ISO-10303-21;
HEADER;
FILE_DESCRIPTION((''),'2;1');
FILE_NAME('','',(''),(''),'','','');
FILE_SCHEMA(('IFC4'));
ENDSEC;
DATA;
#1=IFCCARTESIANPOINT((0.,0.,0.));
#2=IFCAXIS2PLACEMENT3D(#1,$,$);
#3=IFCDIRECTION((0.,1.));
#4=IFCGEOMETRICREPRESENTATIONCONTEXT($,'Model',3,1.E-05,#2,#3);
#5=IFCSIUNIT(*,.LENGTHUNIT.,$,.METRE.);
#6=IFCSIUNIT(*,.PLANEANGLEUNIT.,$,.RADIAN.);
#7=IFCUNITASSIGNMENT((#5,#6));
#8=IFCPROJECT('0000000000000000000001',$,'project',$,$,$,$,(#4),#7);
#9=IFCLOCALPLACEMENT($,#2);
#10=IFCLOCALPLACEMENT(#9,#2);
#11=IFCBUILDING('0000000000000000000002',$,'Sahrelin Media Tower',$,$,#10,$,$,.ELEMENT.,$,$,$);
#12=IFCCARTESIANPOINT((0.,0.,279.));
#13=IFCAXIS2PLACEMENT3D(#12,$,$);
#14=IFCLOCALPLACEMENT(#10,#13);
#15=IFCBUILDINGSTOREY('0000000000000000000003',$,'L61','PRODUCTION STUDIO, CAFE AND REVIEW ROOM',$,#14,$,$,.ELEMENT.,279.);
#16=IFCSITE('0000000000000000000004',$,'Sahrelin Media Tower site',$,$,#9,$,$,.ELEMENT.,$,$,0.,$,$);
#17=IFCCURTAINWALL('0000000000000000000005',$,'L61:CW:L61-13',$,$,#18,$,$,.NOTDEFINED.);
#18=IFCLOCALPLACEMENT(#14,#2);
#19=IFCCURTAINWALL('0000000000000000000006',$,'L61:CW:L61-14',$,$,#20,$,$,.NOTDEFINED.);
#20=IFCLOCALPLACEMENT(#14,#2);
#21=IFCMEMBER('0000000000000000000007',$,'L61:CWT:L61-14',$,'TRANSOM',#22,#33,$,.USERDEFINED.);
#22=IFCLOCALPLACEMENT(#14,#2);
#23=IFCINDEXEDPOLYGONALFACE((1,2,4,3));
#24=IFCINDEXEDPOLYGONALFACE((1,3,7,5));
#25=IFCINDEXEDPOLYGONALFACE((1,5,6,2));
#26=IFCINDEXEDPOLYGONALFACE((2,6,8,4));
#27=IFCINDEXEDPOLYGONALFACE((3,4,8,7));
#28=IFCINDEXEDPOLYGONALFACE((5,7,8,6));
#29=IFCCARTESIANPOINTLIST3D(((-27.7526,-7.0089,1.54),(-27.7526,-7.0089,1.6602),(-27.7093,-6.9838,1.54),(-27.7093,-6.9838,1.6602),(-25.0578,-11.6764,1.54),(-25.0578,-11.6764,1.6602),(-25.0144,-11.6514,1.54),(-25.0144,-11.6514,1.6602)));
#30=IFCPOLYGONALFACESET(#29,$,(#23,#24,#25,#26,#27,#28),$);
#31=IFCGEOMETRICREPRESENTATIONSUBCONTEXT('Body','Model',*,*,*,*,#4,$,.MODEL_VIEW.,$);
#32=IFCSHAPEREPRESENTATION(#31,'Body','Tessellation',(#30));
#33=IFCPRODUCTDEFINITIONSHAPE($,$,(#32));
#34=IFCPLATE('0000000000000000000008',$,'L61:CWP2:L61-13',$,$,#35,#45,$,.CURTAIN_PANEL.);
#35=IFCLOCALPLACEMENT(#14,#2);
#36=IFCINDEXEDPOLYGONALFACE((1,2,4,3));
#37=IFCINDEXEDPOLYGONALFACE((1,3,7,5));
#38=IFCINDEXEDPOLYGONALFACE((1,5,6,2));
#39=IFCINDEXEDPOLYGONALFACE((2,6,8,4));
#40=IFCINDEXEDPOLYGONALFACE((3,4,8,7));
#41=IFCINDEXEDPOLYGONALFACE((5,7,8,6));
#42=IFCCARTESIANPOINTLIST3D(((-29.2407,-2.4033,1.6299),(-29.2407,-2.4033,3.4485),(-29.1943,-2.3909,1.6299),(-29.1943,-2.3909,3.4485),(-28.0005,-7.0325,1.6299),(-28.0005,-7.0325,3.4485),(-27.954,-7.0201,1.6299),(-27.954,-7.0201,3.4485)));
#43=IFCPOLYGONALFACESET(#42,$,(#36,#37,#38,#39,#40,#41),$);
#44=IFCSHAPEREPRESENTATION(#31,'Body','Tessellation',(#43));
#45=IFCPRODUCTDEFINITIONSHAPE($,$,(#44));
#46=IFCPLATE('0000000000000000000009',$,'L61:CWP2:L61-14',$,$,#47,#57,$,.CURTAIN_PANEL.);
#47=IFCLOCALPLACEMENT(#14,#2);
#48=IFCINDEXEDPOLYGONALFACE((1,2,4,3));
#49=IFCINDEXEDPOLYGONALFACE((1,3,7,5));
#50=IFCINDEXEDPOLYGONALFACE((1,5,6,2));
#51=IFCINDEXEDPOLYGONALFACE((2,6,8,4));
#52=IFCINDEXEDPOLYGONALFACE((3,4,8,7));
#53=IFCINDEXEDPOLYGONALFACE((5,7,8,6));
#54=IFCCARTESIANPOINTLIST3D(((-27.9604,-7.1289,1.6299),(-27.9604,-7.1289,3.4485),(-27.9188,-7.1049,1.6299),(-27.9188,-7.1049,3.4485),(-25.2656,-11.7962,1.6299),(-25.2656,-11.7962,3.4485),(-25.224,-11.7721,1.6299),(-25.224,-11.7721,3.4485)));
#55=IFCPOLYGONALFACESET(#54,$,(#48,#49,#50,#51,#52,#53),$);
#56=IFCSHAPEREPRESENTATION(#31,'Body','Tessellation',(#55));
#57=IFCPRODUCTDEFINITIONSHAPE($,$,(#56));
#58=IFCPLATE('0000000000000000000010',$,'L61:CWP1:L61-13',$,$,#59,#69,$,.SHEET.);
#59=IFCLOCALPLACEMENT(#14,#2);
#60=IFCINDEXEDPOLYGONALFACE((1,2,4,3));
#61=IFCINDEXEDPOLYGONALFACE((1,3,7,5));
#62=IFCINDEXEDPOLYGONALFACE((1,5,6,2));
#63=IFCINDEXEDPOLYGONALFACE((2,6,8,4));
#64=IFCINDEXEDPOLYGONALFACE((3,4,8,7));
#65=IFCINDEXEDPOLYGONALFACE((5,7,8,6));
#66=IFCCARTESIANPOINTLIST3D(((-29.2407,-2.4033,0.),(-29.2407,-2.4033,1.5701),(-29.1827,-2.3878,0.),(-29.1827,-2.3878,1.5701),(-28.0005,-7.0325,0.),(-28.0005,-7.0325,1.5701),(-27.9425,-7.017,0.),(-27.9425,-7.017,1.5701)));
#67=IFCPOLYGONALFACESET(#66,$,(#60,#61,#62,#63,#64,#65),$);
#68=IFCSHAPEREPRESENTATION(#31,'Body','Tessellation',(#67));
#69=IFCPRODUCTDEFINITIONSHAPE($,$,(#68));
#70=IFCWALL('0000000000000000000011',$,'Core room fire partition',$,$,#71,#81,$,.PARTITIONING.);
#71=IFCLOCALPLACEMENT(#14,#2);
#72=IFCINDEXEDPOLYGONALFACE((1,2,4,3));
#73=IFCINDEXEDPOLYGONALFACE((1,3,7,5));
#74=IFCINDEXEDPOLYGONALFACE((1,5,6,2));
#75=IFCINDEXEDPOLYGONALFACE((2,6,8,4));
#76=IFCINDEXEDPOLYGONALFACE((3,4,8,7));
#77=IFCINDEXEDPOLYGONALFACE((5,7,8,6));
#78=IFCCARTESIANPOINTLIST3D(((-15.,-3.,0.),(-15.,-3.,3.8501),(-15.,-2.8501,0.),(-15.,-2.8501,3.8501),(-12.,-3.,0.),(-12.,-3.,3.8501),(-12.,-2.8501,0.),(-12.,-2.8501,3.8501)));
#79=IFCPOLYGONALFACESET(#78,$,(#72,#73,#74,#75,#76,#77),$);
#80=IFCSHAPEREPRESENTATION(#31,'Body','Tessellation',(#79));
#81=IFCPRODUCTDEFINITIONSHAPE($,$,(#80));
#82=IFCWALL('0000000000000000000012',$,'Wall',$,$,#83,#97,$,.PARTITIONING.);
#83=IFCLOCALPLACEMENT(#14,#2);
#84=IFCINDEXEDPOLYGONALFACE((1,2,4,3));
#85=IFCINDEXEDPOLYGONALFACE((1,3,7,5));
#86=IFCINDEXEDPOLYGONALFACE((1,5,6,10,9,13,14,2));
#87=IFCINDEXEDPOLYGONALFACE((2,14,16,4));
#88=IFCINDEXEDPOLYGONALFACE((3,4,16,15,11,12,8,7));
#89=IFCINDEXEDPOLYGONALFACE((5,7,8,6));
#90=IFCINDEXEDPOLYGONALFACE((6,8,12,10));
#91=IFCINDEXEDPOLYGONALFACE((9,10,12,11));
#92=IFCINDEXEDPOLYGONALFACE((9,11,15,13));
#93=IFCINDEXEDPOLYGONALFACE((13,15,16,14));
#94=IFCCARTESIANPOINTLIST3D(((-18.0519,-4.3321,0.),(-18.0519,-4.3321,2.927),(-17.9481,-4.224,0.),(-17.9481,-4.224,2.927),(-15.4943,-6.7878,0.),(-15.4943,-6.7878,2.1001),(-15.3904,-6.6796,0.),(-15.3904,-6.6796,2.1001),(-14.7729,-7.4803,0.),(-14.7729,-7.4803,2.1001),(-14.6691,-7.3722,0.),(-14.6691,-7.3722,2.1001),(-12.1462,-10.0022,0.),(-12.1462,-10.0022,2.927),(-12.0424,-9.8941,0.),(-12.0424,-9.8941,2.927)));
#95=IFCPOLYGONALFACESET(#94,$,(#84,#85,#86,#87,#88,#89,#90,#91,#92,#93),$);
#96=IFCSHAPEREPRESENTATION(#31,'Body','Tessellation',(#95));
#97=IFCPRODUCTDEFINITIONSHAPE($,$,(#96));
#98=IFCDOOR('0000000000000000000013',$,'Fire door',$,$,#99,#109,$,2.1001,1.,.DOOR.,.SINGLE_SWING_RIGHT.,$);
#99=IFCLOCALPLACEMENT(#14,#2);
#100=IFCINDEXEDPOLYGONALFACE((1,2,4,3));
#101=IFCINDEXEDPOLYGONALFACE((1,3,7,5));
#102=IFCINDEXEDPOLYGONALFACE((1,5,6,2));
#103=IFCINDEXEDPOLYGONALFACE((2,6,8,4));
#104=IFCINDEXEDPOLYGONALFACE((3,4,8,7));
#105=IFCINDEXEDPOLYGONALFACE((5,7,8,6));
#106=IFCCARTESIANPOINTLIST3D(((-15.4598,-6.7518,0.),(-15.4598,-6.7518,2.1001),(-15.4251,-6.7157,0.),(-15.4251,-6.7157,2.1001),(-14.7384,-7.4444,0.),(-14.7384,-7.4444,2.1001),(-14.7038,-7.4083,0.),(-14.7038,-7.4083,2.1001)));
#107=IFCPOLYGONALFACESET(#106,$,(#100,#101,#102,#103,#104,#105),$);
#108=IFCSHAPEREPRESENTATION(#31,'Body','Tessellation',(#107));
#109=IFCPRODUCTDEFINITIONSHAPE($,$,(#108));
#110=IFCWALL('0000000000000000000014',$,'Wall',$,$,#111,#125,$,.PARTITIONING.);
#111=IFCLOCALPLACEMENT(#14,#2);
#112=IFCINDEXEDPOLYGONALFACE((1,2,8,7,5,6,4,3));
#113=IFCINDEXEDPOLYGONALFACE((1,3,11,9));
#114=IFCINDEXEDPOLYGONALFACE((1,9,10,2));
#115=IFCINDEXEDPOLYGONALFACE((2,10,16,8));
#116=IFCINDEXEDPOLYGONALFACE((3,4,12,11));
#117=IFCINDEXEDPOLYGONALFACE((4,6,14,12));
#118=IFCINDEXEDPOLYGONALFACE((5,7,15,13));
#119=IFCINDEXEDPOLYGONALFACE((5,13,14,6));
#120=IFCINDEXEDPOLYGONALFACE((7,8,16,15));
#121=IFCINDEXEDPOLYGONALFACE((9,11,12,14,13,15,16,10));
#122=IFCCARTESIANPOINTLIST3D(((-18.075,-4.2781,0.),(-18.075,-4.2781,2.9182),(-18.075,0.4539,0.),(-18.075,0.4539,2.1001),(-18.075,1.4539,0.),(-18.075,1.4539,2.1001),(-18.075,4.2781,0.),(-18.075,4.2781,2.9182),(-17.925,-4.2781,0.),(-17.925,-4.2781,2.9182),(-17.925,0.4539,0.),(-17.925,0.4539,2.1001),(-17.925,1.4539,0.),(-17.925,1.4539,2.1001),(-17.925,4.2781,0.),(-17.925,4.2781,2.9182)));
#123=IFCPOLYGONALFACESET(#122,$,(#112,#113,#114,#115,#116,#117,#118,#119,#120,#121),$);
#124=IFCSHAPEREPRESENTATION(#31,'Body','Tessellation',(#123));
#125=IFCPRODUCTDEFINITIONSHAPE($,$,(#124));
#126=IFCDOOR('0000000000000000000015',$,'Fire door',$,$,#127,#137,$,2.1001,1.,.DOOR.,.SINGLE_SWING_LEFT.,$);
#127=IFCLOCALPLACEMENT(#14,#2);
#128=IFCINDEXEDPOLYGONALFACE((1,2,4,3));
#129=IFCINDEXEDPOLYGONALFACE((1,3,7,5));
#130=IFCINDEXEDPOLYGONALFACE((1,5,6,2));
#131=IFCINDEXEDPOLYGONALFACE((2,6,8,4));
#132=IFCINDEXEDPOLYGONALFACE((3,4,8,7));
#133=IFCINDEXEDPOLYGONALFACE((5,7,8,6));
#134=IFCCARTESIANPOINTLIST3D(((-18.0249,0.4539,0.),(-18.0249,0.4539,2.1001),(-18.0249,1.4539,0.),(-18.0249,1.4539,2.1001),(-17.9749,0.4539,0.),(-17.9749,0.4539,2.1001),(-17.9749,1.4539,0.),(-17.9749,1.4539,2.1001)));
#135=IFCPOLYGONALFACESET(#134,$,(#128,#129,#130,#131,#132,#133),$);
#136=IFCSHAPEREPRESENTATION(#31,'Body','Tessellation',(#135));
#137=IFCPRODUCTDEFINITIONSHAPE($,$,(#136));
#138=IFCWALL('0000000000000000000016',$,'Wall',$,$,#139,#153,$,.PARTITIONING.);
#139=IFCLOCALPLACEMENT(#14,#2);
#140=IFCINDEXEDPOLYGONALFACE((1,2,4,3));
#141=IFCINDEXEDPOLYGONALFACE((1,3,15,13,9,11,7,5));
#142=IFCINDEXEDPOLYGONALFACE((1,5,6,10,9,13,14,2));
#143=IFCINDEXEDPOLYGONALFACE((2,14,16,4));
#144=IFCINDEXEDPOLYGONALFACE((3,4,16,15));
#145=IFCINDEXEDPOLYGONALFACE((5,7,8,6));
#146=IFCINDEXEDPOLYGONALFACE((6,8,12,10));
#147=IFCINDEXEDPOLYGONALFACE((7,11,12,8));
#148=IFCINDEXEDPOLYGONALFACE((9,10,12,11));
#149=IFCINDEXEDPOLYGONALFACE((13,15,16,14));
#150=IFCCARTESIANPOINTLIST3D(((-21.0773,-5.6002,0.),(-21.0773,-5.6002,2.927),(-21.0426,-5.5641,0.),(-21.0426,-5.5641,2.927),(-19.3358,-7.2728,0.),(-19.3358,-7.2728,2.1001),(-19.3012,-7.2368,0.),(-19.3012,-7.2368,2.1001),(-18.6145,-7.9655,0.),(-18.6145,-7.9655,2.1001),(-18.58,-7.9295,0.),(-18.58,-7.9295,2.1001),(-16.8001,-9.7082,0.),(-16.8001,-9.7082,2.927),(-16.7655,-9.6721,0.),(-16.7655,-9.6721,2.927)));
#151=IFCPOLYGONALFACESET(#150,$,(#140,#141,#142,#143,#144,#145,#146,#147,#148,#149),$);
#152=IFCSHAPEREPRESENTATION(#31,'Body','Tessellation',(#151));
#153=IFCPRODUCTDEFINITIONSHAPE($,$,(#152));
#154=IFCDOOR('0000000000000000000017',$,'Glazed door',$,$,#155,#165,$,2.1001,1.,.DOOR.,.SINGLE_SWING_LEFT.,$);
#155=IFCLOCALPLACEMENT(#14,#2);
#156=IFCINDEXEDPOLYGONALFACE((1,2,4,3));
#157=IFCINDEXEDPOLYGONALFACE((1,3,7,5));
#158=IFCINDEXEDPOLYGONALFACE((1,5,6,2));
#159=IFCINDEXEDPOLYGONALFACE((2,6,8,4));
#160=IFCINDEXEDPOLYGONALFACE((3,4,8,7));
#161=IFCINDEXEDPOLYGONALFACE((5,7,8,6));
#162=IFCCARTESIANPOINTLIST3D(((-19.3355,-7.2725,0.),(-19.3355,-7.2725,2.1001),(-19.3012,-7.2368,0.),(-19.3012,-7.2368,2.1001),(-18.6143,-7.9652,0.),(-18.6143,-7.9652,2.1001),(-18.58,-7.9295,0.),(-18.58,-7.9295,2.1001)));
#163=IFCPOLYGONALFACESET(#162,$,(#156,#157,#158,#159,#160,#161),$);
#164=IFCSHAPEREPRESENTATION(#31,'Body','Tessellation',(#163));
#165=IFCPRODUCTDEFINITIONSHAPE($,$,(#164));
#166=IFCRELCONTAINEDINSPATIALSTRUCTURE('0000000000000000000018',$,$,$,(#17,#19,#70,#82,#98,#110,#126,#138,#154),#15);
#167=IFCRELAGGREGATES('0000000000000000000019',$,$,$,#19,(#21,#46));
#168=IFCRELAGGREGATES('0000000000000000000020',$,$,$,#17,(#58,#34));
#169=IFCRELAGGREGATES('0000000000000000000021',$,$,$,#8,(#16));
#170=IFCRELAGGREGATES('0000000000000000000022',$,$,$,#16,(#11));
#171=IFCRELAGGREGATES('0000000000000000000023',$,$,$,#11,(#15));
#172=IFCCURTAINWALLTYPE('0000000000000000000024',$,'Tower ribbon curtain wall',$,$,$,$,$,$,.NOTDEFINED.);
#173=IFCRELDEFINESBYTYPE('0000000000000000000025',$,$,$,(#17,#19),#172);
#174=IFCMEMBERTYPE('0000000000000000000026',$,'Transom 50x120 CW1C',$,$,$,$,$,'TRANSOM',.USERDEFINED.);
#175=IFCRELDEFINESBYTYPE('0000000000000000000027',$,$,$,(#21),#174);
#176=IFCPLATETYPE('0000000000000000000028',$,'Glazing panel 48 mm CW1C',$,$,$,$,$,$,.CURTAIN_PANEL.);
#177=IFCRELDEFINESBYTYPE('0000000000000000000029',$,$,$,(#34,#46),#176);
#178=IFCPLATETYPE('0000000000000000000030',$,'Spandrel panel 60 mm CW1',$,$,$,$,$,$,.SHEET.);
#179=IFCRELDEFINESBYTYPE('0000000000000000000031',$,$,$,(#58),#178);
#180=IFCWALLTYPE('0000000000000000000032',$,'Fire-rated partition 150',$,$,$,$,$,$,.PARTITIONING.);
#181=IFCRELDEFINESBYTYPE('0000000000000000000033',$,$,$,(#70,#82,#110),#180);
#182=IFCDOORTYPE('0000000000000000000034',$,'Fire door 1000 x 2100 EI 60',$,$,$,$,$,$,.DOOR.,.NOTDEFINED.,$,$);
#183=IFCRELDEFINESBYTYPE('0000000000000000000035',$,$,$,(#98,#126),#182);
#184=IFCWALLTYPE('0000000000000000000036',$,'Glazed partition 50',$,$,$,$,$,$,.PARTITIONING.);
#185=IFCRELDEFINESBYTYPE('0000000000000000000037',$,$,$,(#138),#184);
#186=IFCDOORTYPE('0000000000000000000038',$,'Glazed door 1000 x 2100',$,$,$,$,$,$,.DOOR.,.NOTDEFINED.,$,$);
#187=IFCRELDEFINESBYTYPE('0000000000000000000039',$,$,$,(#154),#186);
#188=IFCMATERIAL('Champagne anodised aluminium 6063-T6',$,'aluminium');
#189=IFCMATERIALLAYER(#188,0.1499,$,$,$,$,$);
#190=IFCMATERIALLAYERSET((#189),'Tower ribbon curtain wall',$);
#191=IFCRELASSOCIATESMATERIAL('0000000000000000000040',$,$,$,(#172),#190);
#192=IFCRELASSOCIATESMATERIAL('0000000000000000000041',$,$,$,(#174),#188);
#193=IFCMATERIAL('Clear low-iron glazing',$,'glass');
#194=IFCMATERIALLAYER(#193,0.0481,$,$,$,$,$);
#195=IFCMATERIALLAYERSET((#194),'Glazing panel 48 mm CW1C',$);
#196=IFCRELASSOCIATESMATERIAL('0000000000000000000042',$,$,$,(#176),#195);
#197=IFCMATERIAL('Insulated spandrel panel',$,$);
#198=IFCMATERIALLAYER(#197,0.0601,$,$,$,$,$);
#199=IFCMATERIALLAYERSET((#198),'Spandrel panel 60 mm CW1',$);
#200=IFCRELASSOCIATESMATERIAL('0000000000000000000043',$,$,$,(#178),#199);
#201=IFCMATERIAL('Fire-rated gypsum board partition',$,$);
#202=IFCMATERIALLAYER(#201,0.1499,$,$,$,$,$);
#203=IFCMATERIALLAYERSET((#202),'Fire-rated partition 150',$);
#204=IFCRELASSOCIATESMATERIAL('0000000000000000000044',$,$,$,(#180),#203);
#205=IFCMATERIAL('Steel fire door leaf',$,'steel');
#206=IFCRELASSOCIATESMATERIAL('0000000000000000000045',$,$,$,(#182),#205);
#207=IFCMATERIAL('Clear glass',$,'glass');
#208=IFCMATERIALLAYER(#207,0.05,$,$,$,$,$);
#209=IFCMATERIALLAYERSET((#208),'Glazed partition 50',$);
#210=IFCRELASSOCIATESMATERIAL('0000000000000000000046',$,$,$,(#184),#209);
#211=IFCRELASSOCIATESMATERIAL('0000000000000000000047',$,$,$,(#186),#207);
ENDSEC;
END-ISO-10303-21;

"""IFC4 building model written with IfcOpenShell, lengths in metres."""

from ifc_helpers import new_model, si_unit, direction, frame, frame_2d, origin, origin_2d, place, context, subcontext, project, spatial, polyline, rectangle, outline, extrude, material, layer, layer_set, material_profile, profile_set, type_object, element, fill, aggregate, save


model = new_model("IFC4")

# Units and contexts
model_context = context("Model", 3, precision=1e-05, world=origin(), true_north=direction((0.0, 1.0)))
body_context = subcontext(model_context, "Body", "Model", "MODEL_VIEW")
ifc_project = project(units=[si_unit("LENGTHUNIT", "METRE"), si_unit("PLANEANGLEUNIT", "RADIAN")], contexts=[model_context])

# Site, building, storey
site_placement = place(None, origin())
site = spatial("IfcSite", under=ifc_project, at=site_placement, Name="Sahrelin Media Tower site", CompositionType="ELEMENT", RefElevation=0.0)
building_placement = place(site_placement, origin())
building = spatial("IfcBuilding", under=site, at=building_placement, Name="Sahrelin Media Tower", CompositionType="ELEMENT")
storey_placement = place(building_placement, frame((0.0, 0.0, 279.0)))
storey = spatial("IfcBuildingStorey", under=building, at=storey_placement, Name="L61", Description="PRODUCTION STUDIO, CAFE AND REVIEW ROOM", CompositionType="ELEMENT", Elevation=279.0)

# Curtain wall
ifc_material_1 = material(Name="Champagne anodised aluminium 6063-T6", Category="aluminium")
ifc_layer_1 = layer(ifc_material_1, 0.1499)
ifc_layer_set_1 = layer_set([ifc_layer_1], Name="Tower ribbon curtain wall")
curtain_wall_type = type_object("IfcCurtainWallType", Name="Tower ribbon curtain wall", PredefinedType="NOTDEFINED", material=ifc_layer_set_1)
curtain_wall_1_placement = place(storey_placement, frame((-28.6013, -4.7126, 0.0), z_axis=(0.0, 0.0, 1.0), x_axis=(1.0, 0.0, 0.0)))
curtain_wall_1 = element("IfcCurtainWall", 1, at=curtain_wall_1_placement, inside=storey, type_object=curtain_wall_type, Name="L61:CW:L61-13", PredefinedType="NOTDEFINED")

# Shared definitions
ifc_material_profile_1 = material_profile(ifc_material_1, rectangle(XDim=0.05, YDim=0.1201, at=origin_2d()), Name="Transom 50x120")
ifc_profile_set_1 = profile_set([ifc_material_profile_1], Name="Champagne anodised aluminium 6063-T6")
member_type_1 = type_object("IfcMemberType", Name="Transom 50x120 CW1C", ElementType="TRANSOM", PredefinedType="USERDEFINED", material=ifc_profile_set_1)

# Curtain wall, member
curtain_wall_2_placement = place(storey_placement, frame((-26.5957, -9.4524, 0.0), z_axis=(0.0, 0.0, 1.0), x_axis=(1.0, 0.0, 0.0)))
curtain_wall_2 = element("IfcCurtainWall", 2, at=curtain_wall_2_placement, inside=storey, type_object=curtain_wall_type, Name="L61:CW:L61-14", PredefinedType="NOTDEFINED")
member_1_placement = place(storey_placement, frame((-27.731, -6.9963, 1.6001), z_axis=(0.500007, -0.866021, 0.0), x_axis=(0.866021, 0.500007, 0.0)))
member_1 = element("IfcMember", 3, at=member_1_placement, type_object=member_type_1, Name="L61:CWT:L61-14", ObjectType="TRANSOM", PredefinedType="USERDEFINED", context=body_context, shape_type="SweptSolid", body=[
    extrude(rectangle(XDim=0.05, YDim=0.1201, at=origin_2d()), origin(), (0.0, 0.0, 1.0), 5.3896),
])

# Plates
ifc_material_2 = material(Name="Clear low-iron glazing", Category="glass")
ifc_layer_2 = layer(ifc_material_2, 0.0481)
ifc_layer_set_2 = layer_set([ifc_layer_2], Name="Glazing panel 48 mm CW1C")
plate_type_1 = type_object("IfcPlateType", Name="Glazing panel 48 mm CW1C", PredefinedType="CURTAIN_PANEL", material=ifc_layer_set_2)
plate_1_placement = place(storey_placement, frame((-29.2407, -2.4033, 1.6299), z_axis=(-0.965933, -0.258791, 0.0), x_axis=(0.258791, -0.965933, 0.0)))
plate_1 = element("IfcPlate", 4, at=plate_1_placement, type_object=plate_type_1, Name="L61:CWP2:L61-13", PredefinedType="CURTAIN_PANEL", context=body_context, shape_type="SweptSolid", body=[
    extrude(outline(polyline([(0.0, 0.0), (4.7925, 0.0), (4.7925, 1.8186), (0.0, 1.8186), (0.0, 0.0)])), origin(), (0.0, 0.0, -1.0), 0.0481),
])
plate_2_placement = place(storey_placement, frame((-27.9604, -7.1289, 1.6299), z_axis=(-0.86601, -0.500027, 0.0), x_axis=(0.500027, -0.86601, 0.0)))
plate_2 = element("IfcPlate", 5, at=plate_2_placement, type_object=plate_type_1, Name="L61:CWP2:L61-14", PredefinedType="CURTAIN_PANEL", context=body_context, shape_type="SweptSolid", body=[
    extrude(outline(polyline([(0.0, 0.0), (5.3894, 0.0), (5.3894, 1.8186), (0.0, 1.8186), (0.0, 0.0)])), origin(), (0.0, 0.0, -1.0), 0.0481),
])
aggregate(curtain_wall_2, [member_1, plate_2])
ifc_material_3 = material(Name="Insulated spandrel panel")
ifc_layer_3 = layer(ifc_material_3, 0.0601)
ifc_layer_set_3 = layer_set([ifc_layer_3], Name="Spandrel panel 60 mm CW1")
plate_type_2 = type_object("IfcPlateType", Name="Spandrel panel 60 mm CW1", PredefinedType="SHEET", material=ifc_layer_set_3)
plate_3_placement = place(storey_placement, frame((-29.2407, -2.4033, 0.0), z_axis=(-0.965933, -0.258791, 0.0), x_axis=(0.258791, -0.965933, 0.0)))
plate_3 = element("IfcPlate", 6, at=plate_3_placement, type_object=plate_type_2, Name="L61:CWP1:L61-13", PredefinedType="SHEET", context=body_context, shape_type="SweptSolid", body=[
    extrude(outline(polyline([(0.0, 0.0), (4.7925, 0.0), (4.7925, 1.5701), (0.0, 1.5701), (0.0, 0.0)])), origin(), (0.0, 0.0, -1.0), 0.0601),
])
aggregate(curtain_wall_1, [plate_3, plate_1])

# Wall
ifc_material_4 = material(Name="Fire-rated gypsum board partition")
ifc_layer_4 = layer(ifc_material_4, 0.1499)
ifc_layer_set_4 = layer_set([ifc_layer_4], Name="Fire-rated partition 150")
wall_type_1 = type_object("IfcWallType", Name="Fire-rated partition 150", PredefinedType="PARTITIONING", material=ifc_layer_set_4)
wall_1_placement = place(storey_placement, frame((-15.0, -2.925, 0.0), z_axis=(0.0, 0.0, 1.0), x_axis=(1.0, 0.0, 0.0)))
element("IfcWall", 7, at=wall_1_placement, inside=storey, type_object=wall_type_1, Name="Core room fire partition", PredefinedType="PARTITIONING", context=body_context, shape_type="SweptSolid", body=[
    extrude(rectangle(XDim=3.0, YDim=0.1499, at=frame_2d((1.5, 0.0))), origin(), (0.0, 0.0, 1.0), 3.8501),
])

# Walls, openings, doors
wall_2_placement = place(storey_placement, frame((-18.0, -4.2781, 0.0), z_axis=(0.0, 0.0, 1.0), x_axis=(0.721349, -0.692572, 0.0)))
wall_2 = element("IfcWall", 8, at=wall_2_placement, inside=storey, type_object=wall_type_1, Name="Wall", PredefinedType="PARTITIONING", context=body_context, shape_type="SweptSolid", body=[
    extrude(rectangle(XDim=8.187, YDim=0.1499, at=frame_2d((4.0935, 0.0))), origin(), (0.0, 0.0, 1.0), 2.927),
])
opening_1_placement = place(wall_2_placement, frame((3.5457, 0.0, 0.0)))
opening_1 = element("IfcOpeningElement", 9, at=opening_1_placement, cuts=wall_2, PredefinedType="OPENING", context=body_context, shape_type="SweptSolid", body=[
    extrude(rectangle(XDim=1.0, YDim=2.1001, at=frame_2d((0.5, 1.05))), frame((0.0, 0.075, 0.0), z_axis=(0.0, -1.0, 0.0), x_axis=(1.0, 0.0, 0.0)), (0.0, 0.0, 1.0), 0.1499),
])
ifc_material_5 = material(Name="Steel fire door leaf", Category="steel")
door_type_1 = type_object("IfcDoorType", Name="Fire door 1000 x 2100 EI 60", OperationType="NOTDEFINED", PredefinedType="DOOR", material=ifc_material_5)
door_1_placement = place(opening_1_placement, origin())
door_1 = element("IfcDoor", 10, at=door_1_placement, inside=storey, type_object=door_type_1, Name="Fire door", OperationType="SINGLE_SWING_RIGHT", OverallHeight=2.1001, OverallWidth=1.0, PredefinedType="DOOR", context=body_context, shape_type="SweptSolid", body=[
    extrude(rectangle(XDim=1.0, YDim=2.1001, at=frame_2d((0.5, 1.05))), frame((0.0, 0.0249, 0.0), z_axis=(0.0, -1.0, 0.0), x_axis=(1.0, 0.0, 0.0)), (0.0, 0.0, 1.0), 0.05),
])
fill(opening_1, door_1)
wall_3_placement = place(storey_placement, frame((-18.0, -4.2781, 0.0), z_axis=(0.0, 0.0, 1.0), x_axis=(0.0, 1.0, 0.0)))
wall_3 = element("IfcWall", 11, at=wall_3_placement, inside=storey, type_object=wall_type_1, Name="Wall", PredefinedType="PARTITIONING", context=body_context, shape_type="SweptSolid", body=[
    extrude(rectangle(XDim=8.5562, YDim=0.1499, at=frame_2d((4.2781, 0.0))), origin(), (0.0, 0.0, 1.0), 2.9182),
])
opening_2_placement = place(wall_3_placement, frame((4.7319, 0.0, 0.0)))
opening_2 = element("IfcOpeningElement", 12, at=opening_2_placement, cuts=wall_3, PredefinedType="OPENING", context=body_context, shape_type="SweptSolid", body=[
    extrude(rectangle(XDim=1.0, YDim=2.1001, at=frame_2d((0.5, 1.05))), frame((0.0, 0.075, 0.0), z_axis=(0.0, -1.0, 0.0), x_axis=(1.0, 0.0, 0.0)), (0.0, 0.0, 1.0), 0.1499),
])
door_2_placement = place(opening_2_placement, origin())
door_2 = element("IfcDoor", 13, at=door_2_placement, inside=storey, type_object=door_type_1, Name="Fire door", OperationType="SINGLE_SWING_LEFT", OverallHeight=2.1001, OverallWidth=1.0, PredefinedType="DOOR", context=body_context, shape_type="SweptSolid", body=[
    extrude(rectangle(XDim=1.0, YDim=2.1001, at=frame_2d((0.5, 1.05))), frame((0.0, 0.0249, 0.0), z_axis=(0.0, -1.0, 0.0), x_axis=(1.0, 0.0, 0.0)), (0.0, 0.0, 1.0), 0.05),
])
fill(opening_2, door_2)
ifc_material_6 = material(Name="Clear glass", Category="glass")
ifc_layer_5 = layer(ifc_material_6, 0.05)
ifc_layer_set_5 = layer_set([ifc_layer_5], Name="Glazed partition 50")
wall_type_2 = type_object("IfcWallType", Name="Glazed partition 50", PredefinedType="PARTITIONING", material=ifc_layer_set_5)
wall_4_placement = place(storey_placement, frame((-21.0601, -5.582, 0.0), z_axis=(0.0, 0.0, 1.0), x_axis=(0.721228, -0.692698, 0.0)))
wall_4 = element("IfcWall", 14, at=wall_4_placement, inside=storey, type_object=wall_type_2, Name="Wall", PredefinedType="PARTITIONING", context=body_context, shape_type="SweptSolid", body=[
    extrude(rectangle(XDim=5.9304, YDim=0.05, at=frame_2d((2.9653, 0.0))), origin(), (0.0, 0.0, 1.0), 2.927),
])
opening_3_placement = place(wall_4_placement, frame((2.4148, 0.0, 0.0)))
opening_3 = element("IfcOpeningElement", 15, at=opening_3_placement, cuts=wall_4, PredefinedType="OPENING", context=body_context, shape_type="SweptSolid", body=[
    extrude(rectangle(XDim=1.0, YDim=2.1001, at=frame_2d((0.5, 1.05))), frame((0.0, 0.0249, 0.0), z_axis=(0.0, -1.0, 0.0), x_axis=(1.0, 0.0, 0.0)), (0.0, 0.0, 1.0), 0.05),
])
door_type_2 = type_object("IfcDoorType", Name="Glazed door 1000 x 2100", OperationType="NOTDEFINED", PredefinedType="DOOR", material=ifc_material_6)
door_3_placement = place(opening_3_placement, origin())
door_3 = element("IfcDoor", 16, at=door_3_placement, inside=storey, type_object=door_type_2, Name="Glazed door", OperationType="SINGLE_SWING_LEFT", OverallHeight=2.1001, OverallWidth=1.0, PredefinedType="DOOR", context=body_context, shape_type="SweptSolid", body=[
    extrude(rectangle(XDim=1.0, YDim=2.1001, at=frame_2d((0.5, 1.05))), frame((0.0, 0.0249, 0.0), z_axis=(0.0, -1.0, 0.0), x_axis=(1.0, 0.0, 0.0)), (0.0, 0.0, 1.0), 0.0496),
])
fill(opening_3, door_3)

save(model, "model.ifc")
